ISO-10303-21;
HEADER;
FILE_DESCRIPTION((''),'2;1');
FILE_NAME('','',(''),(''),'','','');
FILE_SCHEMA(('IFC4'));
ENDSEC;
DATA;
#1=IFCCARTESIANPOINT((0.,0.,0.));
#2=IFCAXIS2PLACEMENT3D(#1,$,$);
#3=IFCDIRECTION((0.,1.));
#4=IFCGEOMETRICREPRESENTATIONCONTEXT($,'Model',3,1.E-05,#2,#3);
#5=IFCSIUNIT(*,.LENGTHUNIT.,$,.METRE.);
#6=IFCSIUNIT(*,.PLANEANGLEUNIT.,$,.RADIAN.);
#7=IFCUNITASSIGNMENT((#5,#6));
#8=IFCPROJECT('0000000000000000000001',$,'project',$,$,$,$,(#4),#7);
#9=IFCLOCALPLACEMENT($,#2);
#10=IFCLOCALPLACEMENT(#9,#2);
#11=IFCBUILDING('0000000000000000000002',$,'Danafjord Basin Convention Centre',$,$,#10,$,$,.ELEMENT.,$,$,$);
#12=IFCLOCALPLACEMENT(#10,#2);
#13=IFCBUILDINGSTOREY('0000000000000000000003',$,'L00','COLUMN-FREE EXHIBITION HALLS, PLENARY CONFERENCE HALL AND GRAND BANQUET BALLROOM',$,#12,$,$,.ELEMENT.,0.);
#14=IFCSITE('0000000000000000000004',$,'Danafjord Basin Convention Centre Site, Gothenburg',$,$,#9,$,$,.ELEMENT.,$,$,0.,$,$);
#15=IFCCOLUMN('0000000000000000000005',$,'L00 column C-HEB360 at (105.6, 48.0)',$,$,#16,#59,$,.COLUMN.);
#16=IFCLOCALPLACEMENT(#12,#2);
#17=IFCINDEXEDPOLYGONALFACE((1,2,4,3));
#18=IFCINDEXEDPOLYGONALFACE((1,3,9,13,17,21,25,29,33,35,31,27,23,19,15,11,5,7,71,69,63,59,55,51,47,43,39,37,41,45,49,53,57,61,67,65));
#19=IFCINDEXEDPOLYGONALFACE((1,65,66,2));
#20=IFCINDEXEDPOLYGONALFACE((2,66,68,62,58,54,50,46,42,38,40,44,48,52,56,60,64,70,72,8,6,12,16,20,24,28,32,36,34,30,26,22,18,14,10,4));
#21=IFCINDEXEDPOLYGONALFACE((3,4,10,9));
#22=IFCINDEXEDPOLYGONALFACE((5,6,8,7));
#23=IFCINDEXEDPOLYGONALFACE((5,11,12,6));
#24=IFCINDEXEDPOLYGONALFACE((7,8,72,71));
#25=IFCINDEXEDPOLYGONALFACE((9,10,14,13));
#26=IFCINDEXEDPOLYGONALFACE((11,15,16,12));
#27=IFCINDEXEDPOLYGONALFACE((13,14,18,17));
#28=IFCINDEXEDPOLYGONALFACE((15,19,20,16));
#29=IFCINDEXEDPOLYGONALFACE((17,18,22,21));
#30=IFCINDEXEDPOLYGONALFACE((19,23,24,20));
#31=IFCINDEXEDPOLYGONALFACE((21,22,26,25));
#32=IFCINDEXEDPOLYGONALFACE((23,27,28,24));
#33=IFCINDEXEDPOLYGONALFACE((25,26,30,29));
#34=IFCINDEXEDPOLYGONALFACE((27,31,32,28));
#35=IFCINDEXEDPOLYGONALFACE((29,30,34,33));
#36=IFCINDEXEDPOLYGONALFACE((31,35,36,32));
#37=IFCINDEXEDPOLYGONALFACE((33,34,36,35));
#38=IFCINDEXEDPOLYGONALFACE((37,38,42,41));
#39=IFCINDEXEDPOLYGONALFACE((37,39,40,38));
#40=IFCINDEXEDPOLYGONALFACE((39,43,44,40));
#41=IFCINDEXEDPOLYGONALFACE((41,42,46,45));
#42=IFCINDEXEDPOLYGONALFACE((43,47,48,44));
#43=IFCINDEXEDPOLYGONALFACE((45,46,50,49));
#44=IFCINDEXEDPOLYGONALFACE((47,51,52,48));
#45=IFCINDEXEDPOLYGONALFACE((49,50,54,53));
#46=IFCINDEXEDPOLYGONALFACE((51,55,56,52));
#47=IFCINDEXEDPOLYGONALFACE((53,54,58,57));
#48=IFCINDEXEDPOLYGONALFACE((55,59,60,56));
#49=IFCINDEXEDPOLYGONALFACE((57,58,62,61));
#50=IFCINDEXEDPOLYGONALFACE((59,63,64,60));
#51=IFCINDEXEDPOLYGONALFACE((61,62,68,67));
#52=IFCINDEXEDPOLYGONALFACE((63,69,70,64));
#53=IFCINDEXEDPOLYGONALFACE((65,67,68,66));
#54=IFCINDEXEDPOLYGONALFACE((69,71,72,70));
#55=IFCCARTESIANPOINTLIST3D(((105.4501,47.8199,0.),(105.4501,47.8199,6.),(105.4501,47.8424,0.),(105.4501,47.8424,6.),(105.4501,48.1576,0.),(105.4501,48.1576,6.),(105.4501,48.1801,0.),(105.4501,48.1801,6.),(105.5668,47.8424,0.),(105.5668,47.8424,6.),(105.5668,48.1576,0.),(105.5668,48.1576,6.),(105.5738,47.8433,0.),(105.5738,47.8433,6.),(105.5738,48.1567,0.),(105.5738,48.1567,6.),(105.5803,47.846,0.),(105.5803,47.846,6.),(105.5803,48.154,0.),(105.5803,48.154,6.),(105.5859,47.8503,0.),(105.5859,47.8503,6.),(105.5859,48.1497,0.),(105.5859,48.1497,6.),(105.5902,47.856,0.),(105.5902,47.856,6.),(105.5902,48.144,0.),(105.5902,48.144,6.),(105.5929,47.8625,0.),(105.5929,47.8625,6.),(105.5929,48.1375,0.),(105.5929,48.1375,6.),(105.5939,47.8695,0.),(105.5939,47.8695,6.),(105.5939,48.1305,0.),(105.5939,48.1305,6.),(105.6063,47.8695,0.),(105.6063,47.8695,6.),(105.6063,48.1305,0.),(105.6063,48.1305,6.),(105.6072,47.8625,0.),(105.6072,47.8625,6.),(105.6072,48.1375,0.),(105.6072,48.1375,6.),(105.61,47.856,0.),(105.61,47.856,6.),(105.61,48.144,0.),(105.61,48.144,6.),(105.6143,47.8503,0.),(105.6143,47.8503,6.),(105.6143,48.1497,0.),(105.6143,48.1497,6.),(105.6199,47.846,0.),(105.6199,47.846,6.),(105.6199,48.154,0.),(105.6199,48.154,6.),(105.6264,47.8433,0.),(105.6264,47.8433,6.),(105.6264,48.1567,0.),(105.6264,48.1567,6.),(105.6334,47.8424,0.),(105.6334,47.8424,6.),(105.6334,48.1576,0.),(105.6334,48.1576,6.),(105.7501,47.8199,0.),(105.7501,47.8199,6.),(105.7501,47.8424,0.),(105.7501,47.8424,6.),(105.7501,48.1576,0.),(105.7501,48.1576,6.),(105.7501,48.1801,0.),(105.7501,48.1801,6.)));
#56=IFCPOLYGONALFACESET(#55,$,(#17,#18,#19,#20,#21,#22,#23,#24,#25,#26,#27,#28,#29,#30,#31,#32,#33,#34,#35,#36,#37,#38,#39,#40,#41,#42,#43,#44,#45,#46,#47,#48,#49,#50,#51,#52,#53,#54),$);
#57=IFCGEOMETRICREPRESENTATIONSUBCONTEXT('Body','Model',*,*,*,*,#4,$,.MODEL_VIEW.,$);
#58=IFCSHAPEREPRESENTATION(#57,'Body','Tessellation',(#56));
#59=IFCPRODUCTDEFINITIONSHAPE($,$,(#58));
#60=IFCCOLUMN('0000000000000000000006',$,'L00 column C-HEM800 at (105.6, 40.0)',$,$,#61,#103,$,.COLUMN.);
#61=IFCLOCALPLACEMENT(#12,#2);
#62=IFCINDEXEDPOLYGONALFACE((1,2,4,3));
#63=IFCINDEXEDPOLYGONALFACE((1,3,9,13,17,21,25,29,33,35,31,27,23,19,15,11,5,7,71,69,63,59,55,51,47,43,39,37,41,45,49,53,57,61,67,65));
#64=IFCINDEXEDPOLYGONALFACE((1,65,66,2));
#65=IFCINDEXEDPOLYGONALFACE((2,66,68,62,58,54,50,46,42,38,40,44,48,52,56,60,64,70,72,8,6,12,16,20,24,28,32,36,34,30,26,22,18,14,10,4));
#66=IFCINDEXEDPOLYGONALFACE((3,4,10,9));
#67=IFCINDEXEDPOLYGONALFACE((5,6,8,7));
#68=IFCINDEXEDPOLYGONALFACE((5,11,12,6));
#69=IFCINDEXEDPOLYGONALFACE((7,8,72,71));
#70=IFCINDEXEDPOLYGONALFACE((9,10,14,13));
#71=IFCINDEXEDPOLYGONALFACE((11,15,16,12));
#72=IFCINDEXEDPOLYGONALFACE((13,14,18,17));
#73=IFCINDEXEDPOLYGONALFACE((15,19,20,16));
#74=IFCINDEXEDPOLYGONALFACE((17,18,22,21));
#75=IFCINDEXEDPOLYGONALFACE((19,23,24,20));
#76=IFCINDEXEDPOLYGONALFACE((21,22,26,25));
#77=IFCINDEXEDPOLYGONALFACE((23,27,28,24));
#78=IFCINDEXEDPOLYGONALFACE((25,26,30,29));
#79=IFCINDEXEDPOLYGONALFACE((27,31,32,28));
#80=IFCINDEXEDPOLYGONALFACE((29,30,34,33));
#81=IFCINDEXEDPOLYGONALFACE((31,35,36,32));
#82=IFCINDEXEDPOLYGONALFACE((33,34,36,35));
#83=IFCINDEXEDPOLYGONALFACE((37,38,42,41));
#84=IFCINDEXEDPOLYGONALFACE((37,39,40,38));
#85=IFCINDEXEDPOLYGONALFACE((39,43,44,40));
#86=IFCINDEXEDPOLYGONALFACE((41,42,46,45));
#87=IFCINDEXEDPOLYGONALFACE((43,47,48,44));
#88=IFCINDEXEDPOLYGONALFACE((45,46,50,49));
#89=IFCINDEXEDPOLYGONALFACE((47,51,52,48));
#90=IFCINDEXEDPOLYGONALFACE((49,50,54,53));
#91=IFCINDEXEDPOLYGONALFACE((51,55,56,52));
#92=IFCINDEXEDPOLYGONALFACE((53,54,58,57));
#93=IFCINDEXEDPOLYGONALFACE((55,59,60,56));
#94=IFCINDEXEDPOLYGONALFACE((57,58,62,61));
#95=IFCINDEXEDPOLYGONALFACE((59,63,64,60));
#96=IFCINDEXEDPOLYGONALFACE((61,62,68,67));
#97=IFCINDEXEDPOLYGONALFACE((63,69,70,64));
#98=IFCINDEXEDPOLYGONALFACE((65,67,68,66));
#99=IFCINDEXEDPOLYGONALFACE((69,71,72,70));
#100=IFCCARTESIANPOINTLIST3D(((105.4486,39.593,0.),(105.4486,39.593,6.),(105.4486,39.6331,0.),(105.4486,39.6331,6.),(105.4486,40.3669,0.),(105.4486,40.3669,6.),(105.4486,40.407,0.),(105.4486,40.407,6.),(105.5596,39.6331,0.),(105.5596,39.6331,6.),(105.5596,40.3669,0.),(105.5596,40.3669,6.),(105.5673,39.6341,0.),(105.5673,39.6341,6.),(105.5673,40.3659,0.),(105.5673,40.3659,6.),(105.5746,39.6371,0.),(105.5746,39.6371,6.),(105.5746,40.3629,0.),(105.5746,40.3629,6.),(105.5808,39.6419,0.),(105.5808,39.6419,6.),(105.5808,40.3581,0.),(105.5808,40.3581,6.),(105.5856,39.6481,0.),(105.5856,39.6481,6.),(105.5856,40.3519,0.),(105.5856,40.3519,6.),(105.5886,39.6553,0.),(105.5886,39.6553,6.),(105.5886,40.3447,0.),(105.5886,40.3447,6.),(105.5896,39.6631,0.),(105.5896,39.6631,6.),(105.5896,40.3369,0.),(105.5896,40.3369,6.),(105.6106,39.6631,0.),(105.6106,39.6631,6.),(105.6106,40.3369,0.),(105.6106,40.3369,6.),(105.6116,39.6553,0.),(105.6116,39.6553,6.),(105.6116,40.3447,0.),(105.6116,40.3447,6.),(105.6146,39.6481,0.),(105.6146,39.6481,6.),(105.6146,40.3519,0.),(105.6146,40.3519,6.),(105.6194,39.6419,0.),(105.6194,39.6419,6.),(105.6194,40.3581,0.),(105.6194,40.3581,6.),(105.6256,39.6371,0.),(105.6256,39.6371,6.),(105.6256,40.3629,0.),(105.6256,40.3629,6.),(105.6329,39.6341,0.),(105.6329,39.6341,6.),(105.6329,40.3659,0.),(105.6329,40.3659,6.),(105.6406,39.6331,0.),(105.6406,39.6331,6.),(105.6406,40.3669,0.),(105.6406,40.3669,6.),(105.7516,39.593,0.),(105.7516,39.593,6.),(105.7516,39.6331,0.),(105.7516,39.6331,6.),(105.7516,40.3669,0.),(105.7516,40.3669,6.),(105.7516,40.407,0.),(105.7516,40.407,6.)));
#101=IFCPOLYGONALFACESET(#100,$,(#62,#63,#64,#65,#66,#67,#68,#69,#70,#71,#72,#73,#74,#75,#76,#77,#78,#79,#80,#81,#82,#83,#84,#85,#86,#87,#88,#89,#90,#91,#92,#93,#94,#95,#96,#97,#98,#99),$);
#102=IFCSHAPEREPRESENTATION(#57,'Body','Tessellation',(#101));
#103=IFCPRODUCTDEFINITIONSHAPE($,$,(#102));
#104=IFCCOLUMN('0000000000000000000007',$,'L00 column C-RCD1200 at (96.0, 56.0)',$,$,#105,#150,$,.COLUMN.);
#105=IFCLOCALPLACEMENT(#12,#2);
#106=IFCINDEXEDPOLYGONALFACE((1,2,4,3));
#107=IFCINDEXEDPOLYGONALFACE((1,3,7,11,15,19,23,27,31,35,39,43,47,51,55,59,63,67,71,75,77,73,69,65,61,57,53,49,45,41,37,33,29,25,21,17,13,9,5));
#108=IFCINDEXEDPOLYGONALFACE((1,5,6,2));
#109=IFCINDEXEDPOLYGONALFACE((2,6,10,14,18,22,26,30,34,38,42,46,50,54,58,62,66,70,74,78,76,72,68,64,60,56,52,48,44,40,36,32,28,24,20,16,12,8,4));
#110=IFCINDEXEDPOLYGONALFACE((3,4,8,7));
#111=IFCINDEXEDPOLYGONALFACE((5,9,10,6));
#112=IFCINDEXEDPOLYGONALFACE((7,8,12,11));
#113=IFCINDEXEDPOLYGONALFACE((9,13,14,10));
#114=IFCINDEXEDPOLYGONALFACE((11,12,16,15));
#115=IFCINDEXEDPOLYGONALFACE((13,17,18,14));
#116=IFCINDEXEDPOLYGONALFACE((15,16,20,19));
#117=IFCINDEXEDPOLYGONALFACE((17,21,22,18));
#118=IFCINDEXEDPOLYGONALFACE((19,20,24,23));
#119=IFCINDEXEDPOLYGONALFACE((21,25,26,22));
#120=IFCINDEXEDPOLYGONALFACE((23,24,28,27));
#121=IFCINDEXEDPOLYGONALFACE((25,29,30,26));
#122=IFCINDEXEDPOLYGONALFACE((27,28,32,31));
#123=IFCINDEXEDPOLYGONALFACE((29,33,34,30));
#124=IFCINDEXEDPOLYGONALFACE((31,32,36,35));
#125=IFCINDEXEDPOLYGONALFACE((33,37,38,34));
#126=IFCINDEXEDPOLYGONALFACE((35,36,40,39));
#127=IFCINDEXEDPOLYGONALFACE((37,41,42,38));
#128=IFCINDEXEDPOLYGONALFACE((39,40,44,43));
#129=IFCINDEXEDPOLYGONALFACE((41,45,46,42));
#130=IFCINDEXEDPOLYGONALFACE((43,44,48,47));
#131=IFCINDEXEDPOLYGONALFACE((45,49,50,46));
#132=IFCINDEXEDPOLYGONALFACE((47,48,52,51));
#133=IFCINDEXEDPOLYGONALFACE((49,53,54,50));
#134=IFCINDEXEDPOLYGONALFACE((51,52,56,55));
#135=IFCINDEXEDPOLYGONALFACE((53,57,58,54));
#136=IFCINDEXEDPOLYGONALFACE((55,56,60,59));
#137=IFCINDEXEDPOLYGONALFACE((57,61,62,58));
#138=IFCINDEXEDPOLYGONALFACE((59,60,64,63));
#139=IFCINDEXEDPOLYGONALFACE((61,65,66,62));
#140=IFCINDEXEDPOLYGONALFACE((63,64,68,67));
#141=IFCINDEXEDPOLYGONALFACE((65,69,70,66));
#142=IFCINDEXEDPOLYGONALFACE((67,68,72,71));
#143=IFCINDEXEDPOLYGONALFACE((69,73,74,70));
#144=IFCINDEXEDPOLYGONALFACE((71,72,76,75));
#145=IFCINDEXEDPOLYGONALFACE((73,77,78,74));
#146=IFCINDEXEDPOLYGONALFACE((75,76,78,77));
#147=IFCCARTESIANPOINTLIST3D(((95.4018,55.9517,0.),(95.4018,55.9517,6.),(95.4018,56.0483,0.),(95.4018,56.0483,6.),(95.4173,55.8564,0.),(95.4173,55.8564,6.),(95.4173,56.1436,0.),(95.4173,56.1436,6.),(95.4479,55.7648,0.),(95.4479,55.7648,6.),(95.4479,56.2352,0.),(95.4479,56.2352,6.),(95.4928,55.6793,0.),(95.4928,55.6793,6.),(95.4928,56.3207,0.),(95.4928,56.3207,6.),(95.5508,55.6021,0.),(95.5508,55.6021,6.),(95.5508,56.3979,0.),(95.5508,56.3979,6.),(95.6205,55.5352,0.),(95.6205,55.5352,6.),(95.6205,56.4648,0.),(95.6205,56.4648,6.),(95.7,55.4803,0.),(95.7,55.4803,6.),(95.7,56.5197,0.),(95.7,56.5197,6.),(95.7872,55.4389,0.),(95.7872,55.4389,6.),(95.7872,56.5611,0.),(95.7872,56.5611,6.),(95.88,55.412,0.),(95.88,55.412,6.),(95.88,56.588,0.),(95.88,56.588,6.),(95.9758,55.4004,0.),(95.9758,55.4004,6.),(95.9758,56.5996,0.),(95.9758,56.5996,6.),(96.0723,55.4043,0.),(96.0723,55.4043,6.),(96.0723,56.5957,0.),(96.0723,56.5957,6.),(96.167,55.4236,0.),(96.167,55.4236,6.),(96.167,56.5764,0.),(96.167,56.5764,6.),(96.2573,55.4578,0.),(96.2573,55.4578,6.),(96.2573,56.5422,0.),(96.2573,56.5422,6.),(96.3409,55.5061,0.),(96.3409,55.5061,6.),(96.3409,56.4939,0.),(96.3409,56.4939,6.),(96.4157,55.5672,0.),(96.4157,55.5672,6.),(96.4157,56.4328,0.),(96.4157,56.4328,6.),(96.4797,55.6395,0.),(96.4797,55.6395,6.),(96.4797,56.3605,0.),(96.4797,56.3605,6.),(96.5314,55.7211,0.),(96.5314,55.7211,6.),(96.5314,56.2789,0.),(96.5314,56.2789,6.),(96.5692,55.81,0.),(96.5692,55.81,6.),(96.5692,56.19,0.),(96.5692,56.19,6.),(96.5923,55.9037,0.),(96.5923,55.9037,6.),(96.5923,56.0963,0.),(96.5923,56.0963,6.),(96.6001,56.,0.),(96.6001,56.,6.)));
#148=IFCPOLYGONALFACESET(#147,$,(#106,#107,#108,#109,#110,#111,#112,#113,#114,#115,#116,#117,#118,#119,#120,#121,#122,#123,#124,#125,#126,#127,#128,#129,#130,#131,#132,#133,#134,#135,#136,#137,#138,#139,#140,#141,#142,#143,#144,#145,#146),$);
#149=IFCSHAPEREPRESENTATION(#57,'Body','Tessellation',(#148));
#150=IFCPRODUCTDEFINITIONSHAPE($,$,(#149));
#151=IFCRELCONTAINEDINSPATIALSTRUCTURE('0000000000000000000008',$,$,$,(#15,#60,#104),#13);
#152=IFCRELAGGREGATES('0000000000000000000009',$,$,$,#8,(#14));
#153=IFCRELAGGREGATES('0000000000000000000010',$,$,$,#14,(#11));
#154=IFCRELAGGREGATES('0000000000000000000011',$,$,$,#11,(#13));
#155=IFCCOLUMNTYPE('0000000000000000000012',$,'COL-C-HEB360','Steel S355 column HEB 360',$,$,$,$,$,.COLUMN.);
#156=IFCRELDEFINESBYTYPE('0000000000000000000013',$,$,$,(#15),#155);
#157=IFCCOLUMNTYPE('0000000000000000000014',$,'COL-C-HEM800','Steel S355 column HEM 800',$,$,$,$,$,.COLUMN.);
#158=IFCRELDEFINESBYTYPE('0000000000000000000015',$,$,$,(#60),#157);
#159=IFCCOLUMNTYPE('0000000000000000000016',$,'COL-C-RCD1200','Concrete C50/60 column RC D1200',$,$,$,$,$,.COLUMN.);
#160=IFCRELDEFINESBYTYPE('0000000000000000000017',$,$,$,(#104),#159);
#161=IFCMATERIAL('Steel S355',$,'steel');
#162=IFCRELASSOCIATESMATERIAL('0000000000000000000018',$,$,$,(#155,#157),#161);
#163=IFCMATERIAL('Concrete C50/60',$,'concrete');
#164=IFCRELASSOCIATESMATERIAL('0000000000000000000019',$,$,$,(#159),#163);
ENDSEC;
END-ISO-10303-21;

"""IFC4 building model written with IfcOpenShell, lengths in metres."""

from ifc_helpers import new_model, si_unit, direction, frame, origin, origin_2d, place, context, subcontext, project, spatial, circle, i_section, extrude, material, material_profile, profile_set, type_object, element, save


model = new_model("IFC4")

# Units and contexts
model_context = context("Model", 3, precision=1e-05, world=origin(), true_north=direction((0.0, 1.0)))
body_context = subcontext(model_context, "Body", "Model", "MODEL_VIEW")
ifc_project = project(units=[si_unit("LENGTHUNIT", "METRE"), si_unit("PLANEANGLEUNIT", "RADIAN")], contexts=[model_context])

# Site, building, storey
site_placement = place(None, origin())
site = spatial("IfcSite", under=ifc_project, at=site_placement, Name="Danafjord Basin Convention Centre Site, Gothenburg", CompositionType="ELEMENT", RefElevation=0.0)
building_placement = place(site_placement, origin())
building = spatial("IfcBuilding", under=site, at=building_placement, Name="Danafjord Basin Convention Centre", CompositionType="ELEMENT")
storey_placement = place(building_placement, origin())
storey = spatial("IfcBuildingStorey", under=building, at=storey_placement, Name="L00", Description="COLUMN-FREE EXHIBITION HALLS, PLENARY CONFERENCE HALL AND GRAND BANQUET BALLROOM", CompositionType="ELEMENT", Elevation=0.0)

# Columns
ifc_material_1 = material(Name="Steel S355", Category="steel")
ifc_material_profile_1 = material_profile(ifc_material_1, i_section(OverallWidth=0.3, OverallDepth=0.3601, WebThickness=0.0125, FlangeThickness=0.0225, FilletRadius=0.0271, at=origin_2d()), Name="HEB 360")
ifc_profile_set_1 = profile_set([ifc_material_profile_1], Name="Steel S355")
column_type_1 = type_object("IfcColumnType", Name="COL-C-HEB360", Description="Steel S355 column HEB 360", PredefinedType="COLUMN", material=ifc_profile_set_1)
column_1_placement = place(storey_placement, frame((105.6001, 48.0, 0.0), z_axis=(0.0, 0.0, 1.0), x_axis=(1.0, 0.0, 0.0)))
element("IfcColumn", 1, at=column_1_placement, inside=storey, type_object=column_type_1, Name="L00 column C-HEB360 at (105.6, 48.0)", PredefinedType="COLUMN", context=body_context, shape_type="SweptSolid", body=[
    extrude(i_section(OverallWidth=0.3, OverallDepth=0.3601, WebThickness=0.0125, FlangeThickness=0.0225, FilletRadius=0.0271, at=origin_2d()), origin(), (0.0, 0.0, 1.0), 6.0),
])
ifc_material_profile_2 = material_profile(ifc_material_1, i_section(OverallWidth=0.303, OverallDepth=0.814, WebThickness=0.021, FlangeThickness=0.04, FilletRadius=0.03, at=origin_2d()), Name="HEM 800")
ifc_profile_set_2 = profile_set([ifc_material_profile_2], Name="Steel S355")
column_type_2 = type_object("IfcColumnType", Name="COL-C-HEM800", Description="Steel S355 column HEM 800", PredefinedType="COLUMN", material=ifc_profile_set_2)
column_2_placement = place(storey_placement, frame((105.6001, 40.0, 0.0), z_axis=(0.0, 0.0, 1.0), x_axis=(1.0, 0.0, 0.0)))
element("IfcColumn", 2, at=column_2_placement, inside=storey, type_object=column_type_2, Name="L00 column C-HEM800 at (105.6, 40.0)", PredefinedType="COLUMN", context=body_context, shape_type="SweptSolid", body=[
    extrude(i_section(OverallWidth=0.303, OverallDepth=0.814, WebThickness=0.021, FlangeThickness=0.04, FilletRadius=0.03, at=origin_2d()), origin(), (0.0, 0.0, 1.0), 6.0),
])
ifc_material_2 = material(Name="Concrete C50/60", Category="concrete")
ifc_material_profile_3 = material_profile(ifc_material_2, circle(Radius=0.6001, at=origin_2d()), Name="RC D1200")
ifc_profile_set_3 = profile_set([ifc_material_profile_3], Name="Concrete C50/60")
column_type_3 = type_object("IfcColumnType", Name="COL-C-RCD1200", Description="Concrete C50/60 column RC D1200", PredefinedType="COLUMN", material=ifc_profile_set_3)
column_3_placement = place(storey_placement, frame((96.0, 56.0, 0.0), z_axis=(0.0, 0.0, 1.0), x_axis=(1.0, 0.0, 0.0)))
element("IfcColumn", 3, at=column_3_placement, inside=storey, type_object=column_type_3, Name="L00 column C-RCD1200 at (96.0, 56.0)", PredefinedType="COLUMN", context=body_context, shape_type="SweptSolid", body=[
    extrude(circle(Radius=0.6001, at=origin_2d()), origin(), (0.0, 0.0, 1.0), 6.0),
])

save(model, "model.ifc")
